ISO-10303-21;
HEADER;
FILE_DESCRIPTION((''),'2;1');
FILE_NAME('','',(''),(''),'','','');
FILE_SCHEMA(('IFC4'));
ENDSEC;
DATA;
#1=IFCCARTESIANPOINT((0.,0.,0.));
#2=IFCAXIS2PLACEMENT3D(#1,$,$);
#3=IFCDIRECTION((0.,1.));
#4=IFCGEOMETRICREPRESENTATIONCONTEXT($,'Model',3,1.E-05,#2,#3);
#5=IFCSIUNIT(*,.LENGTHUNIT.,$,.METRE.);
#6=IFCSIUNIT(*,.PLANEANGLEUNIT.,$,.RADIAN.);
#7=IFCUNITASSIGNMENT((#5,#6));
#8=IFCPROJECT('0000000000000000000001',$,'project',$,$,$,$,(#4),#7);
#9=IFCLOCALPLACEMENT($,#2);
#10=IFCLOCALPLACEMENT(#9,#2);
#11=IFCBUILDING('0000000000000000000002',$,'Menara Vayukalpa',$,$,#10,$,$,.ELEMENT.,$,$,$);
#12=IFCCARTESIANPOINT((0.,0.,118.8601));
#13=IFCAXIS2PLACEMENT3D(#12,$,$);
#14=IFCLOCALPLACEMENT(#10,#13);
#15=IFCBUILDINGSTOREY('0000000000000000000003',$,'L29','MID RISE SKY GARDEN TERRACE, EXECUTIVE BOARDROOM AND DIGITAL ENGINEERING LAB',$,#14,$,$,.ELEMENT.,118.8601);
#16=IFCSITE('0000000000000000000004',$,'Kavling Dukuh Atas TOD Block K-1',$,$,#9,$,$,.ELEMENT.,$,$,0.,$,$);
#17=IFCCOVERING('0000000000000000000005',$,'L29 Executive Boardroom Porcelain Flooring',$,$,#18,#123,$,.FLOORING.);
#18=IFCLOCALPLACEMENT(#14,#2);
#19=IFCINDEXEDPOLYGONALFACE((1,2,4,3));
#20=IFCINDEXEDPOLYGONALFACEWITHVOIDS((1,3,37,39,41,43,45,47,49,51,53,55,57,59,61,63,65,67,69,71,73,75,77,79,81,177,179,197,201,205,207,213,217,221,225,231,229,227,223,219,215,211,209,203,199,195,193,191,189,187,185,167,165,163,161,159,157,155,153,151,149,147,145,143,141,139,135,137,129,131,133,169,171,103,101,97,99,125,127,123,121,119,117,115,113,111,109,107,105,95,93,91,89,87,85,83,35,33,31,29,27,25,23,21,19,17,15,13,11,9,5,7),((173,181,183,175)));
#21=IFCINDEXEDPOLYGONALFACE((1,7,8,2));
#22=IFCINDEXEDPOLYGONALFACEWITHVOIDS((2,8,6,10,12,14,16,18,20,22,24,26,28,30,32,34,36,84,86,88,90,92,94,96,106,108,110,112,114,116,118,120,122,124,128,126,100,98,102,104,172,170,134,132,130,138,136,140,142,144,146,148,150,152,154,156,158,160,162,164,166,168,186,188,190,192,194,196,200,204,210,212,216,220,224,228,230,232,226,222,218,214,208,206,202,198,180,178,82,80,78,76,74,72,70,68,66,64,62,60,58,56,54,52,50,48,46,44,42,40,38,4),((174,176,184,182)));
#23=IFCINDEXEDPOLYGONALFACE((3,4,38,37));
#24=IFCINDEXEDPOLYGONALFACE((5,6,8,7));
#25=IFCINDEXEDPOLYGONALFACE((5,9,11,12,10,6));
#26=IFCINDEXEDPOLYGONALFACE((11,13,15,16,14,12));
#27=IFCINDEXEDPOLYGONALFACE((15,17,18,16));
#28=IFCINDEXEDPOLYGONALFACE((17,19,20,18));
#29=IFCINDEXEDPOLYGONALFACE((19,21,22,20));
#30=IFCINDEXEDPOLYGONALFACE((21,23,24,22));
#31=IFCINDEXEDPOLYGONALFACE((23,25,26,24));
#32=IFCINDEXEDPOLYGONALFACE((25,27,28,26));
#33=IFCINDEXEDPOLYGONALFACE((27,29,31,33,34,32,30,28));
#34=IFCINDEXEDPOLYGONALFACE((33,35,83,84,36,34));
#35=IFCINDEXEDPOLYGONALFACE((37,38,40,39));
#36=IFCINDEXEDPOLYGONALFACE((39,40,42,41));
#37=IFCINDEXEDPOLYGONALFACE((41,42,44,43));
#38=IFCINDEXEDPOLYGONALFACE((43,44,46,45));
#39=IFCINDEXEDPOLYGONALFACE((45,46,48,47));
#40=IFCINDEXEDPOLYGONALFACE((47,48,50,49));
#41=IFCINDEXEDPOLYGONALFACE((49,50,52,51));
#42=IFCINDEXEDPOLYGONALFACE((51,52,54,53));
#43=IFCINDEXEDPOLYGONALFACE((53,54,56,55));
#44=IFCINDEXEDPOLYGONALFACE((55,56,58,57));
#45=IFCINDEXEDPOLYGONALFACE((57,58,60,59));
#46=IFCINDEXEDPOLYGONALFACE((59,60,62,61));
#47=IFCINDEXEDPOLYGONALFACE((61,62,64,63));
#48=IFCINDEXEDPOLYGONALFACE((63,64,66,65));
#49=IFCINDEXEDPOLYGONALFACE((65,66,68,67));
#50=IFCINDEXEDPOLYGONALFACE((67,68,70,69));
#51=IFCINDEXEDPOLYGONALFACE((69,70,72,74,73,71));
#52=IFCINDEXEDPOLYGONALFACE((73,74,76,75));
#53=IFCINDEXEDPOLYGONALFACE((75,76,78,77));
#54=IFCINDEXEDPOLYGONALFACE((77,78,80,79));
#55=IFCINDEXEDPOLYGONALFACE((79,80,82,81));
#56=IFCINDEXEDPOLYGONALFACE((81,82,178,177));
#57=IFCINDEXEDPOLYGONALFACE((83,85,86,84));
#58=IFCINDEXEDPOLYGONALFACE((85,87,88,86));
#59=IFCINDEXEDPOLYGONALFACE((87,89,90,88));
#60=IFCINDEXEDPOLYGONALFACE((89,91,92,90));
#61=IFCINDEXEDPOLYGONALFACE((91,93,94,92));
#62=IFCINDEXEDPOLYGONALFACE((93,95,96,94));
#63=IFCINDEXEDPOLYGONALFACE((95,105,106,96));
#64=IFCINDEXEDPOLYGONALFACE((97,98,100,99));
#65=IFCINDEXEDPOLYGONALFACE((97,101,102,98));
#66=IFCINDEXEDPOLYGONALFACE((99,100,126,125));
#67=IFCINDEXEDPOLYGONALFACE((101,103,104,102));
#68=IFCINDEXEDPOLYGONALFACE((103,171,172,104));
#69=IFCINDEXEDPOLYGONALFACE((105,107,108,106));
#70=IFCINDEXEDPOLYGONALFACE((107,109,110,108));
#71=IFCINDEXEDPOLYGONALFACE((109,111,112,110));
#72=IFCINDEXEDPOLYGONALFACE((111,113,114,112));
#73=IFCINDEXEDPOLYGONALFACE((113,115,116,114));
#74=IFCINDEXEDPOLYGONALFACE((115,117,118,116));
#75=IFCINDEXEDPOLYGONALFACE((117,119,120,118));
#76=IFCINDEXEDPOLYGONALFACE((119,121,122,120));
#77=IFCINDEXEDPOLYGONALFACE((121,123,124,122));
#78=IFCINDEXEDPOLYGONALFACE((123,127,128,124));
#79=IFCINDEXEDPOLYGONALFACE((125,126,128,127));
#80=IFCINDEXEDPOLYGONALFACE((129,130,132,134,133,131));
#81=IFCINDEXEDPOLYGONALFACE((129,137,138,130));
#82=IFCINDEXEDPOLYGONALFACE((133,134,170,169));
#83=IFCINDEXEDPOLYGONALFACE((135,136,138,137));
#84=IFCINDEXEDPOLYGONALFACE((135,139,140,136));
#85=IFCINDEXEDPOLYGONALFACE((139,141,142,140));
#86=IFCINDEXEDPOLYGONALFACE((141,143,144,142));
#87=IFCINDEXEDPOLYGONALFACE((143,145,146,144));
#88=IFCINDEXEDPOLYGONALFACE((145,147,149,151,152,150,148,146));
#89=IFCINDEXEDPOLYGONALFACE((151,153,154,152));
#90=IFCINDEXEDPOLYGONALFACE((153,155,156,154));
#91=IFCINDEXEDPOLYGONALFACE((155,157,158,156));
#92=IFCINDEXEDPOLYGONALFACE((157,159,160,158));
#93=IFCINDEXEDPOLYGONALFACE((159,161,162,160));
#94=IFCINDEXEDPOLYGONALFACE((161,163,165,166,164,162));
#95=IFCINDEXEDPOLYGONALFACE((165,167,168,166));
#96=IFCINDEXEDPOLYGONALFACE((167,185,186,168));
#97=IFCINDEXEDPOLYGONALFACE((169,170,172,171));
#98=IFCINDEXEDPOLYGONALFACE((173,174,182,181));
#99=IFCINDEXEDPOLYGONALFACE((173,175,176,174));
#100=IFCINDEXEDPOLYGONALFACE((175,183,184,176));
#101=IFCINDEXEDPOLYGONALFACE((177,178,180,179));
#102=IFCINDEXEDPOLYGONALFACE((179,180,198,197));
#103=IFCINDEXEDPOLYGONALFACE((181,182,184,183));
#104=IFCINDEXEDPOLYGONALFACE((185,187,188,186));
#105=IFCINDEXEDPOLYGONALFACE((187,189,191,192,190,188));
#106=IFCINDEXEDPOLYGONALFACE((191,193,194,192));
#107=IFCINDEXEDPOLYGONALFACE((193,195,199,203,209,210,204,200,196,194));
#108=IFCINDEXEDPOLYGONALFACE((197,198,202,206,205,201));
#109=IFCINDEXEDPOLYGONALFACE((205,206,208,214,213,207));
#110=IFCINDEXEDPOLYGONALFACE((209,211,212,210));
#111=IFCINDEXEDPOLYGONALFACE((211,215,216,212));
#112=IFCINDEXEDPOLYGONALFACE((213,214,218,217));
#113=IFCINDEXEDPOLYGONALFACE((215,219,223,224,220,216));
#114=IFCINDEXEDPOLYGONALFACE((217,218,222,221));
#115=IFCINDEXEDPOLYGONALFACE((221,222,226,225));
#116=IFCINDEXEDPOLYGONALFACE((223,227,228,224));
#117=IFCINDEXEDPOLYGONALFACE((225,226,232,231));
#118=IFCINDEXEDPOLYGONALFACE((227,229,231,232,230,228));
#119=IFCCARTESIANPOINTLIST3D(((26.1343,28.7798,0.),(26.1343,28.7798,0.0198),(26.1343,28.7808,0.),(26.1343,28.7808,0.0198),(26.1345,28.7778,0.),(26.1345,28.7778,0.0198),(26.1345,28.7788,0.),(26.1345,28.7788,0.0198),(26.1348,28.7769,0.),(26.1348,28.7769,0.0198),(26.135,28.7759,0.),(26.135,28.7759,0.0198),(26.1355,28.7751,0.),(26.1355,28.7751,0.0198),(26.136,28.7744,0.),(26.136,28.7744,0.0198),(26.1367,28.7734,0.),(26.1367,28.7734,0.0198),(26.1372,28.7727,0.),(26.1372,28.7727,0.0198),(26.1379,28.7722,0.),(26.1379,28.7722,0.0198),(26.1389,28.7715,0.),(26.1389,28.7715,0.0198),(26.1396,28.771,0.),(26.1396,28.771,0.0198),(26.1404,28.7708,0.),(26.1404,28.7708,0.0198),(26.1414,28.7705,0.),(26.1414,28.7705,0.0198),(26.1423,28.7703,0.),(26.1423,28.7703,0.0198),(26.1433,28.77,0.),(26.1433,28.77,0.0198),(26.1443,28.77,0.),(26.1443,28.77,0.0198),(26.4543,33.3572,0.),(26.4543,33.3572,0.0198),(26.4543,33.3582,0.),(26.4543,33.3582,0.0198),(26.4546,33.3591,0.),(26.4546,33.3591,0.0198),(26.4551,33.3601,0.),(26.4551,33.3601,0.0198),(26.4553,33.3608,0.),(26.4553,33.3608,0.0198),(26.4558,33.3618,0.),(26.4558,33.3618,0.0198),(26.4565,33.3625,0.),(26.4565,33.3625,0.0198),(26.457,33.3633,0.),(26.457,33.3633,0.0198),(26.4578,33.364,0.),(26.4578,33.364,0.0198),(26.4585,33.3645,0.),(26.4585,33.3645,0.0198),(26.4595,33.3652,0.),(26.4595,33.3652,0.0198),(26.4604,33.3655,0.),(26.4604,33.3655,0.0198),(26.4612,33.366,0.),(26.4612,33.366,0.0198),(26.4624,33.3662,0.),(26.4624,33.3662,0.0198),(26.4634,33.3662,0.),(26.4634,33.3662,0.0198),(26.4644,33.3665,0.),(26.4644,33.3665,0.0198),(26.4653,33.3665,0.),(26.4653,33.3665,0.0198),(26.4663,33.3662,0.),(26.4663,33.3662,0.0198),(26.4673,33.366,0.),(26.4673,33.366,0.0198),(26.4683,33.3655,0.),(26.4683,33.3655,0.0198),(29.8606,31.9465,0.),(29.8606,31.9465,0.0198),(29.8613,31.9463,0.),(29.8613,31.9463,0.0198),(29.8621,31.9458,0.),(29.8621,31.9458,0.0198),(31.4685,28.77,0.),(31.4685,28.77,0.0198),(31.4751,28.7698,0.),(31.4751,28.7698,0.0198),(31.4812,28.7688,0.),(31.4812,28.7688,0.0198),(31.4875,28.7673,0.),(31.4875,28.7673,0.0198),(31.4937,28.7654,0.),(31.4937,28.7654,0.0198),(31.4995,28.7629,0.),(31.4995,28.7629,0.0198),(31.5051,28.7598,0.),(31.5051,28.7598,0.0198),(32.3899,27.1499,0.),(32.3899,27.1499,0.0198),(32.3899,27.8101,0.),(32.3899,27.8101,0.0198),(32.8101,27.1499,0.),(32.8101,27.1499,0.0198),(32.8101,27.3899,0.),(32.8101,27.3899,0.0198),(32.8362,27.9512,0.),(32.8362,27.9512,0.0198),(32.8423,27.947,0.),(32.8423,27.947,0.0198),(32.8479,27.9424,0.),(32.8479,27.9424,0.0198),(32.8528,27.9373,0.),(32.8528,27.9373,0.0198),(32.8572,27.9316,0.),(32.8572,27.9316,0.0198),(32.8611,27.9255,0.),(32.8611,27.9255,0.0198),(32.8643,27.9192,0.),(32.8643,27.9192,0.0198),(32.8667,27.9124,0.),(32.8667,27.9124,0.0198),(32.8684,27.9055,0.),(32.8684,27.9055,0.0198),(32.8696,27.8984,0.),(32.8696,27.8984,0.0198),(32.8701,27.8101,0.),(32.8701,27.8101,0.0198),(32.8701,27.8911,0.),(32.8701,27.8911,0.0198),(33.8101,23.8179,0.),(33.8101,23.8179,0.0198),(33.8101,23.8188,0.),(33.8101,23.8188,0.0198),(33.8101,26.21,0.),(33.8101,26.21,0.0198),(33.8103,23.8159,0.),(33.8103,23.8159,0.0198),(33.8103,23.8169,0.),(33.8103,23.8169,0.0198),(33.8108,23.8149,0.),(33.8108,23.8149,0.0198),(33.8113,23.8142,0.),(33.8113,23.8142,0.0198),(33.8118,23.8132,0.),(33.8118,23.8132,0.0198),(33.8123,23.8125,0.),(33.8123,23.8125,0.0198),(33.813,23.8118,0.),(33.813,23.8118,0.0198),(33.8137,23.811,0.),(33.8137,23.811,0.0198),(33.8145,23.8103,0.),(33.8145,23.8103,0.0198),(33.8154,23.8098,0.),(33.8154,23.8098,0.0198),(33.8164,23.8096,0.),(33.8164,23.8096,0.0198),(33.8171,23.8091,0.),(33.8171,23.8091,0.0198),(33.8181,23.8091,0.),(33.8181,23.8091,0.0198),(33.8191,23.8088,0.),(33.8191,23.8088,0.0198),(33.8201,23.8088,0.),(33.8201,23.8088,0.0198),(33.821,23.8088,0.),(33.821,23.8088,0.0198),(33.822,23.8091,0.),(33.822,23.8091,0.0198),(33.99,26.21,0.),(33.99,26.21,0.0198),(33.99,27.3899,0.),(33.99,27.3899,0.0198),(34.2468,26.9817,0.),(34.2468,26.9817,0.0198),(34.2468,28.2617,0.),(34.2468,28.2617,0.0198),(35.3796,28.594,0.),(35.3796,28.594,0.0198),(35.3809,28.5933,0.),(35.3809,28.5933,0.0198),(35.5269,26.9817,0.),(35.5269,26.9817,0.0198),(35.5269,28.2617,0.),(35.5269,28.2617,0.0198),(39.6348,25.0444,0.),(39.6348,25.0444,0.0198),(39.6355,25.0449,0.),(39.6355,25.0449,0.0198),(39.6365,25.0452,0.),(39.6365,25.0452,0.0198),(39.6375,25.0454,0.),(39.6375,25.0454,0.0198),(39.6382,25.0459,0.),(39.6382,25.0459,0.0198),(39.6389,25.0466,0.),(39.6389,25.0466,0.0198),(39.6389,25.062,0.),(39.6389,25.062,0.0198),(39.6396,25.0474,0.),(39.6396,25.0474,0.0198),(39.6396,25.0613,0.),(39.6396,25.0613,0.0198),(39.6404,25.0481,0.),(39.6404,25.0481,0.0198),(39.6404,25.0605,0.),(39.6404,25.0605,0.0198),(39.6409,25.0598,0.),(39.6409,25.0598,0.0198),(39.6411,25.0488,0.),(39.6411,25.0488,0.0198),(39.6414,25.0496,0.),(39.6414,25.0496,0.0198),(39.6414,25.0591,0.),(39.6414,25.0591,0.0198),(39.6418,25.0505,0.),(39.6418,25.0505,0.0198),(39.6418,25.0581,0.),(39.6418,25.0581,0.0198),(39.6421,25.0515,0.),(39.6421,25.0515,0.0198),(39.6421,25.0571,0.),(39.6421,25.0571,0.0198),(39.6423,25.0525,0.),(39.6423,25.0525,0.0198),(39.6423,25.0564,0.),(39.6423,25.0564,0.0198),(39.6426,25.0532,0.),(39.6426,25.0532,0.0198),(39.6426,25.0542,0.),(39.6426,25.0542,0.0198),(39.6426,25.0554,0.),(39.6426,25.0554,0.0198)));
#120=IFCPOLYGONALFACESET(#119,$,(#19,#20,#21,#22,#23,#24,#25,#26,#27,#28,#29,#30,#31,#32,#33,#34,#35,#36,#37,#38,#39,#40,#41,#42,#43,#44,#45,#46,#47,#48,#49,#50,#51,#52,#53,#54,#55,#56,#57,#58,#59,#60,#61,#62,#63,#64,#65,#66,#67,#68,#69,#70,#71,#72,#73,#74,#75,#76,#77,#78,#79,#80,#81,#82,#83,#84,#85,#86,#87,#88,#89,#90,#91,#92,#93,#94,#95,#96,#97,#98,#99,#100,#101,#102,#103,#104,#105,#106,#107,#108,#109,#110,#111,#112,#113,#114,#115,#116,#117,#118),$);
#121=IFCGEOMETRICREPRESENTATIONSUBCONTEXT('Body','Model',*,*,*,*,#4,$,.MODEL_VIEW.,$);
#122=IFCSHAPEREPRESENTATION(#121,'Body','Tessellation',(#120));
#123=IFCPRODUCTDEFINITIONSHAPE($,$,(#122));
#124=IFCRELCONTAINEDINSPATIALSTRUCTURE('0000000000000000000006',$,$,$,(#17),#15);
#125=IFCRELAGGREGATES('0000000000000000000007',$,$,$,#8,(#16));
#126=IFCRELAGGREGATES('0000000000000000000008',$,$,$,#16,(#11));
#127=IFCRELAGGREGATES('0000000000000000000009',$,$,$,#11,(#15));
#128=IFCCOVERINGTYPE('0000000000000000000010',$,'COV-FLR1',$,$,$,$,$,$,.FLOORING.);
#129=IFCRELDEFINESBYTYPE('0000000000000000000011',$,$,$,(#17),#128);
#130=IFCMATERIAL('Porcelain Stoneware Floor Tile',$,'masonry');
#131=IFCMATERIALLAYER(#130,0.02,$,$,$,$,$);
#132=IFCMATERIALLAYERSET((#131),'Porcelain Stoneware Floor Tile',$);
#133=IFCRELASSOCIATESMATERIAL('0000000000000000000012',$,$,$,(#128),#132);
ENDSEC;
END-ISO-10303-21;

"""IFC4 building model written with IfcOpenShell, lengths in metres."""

from ifc_helpers import new_model, si_unit, direction, frame, origin, place, context, subcontext, project, spatial, polyline, outline, extrude, material, layer, layer_set, type_object, element, save


model = new_model("IFC4")

# Units and contexts
model_context = context("Model", 3, precision=1e-05, world=origin(), true_north=direction((0.0, 1.0)))
body_context = subcontext(model_context, "Body", "Model", "MODEL_VIEW")
ifc_project = project(units=[si_unit("LENGTHUNIT", "METRE"), si_unit("PLANEANGLEUNIT", "RADIAN")], contexts=[model_context])

# Site, building, storey
site_placement = place(None, origin())
site = spatial("IfcSite", under=ifc_project, at=site_placement, Name="Kavling Dukuh Atas TOD Block K-1", CompositionType="ELEMENT", RefElevation=0.0)
building_placement = place(site_placement, origin())
building = spatial("IfcBuilding", under=site, at=building_placement, Name="Menara Vayukalpa", CompositionType="ELEMENT")
storey_placement = place(building_placement, frame((0.0, 0.0, 118.8601)))
storey = spatial("IfcBuildingStorey", under=building, at=storey_placement, Name="L29", Description="MID RISE SKY GARDEN TERRACE, EXECUTIVE BOARDROOM AND DIGITAL ENGINEERING LAB", CompositionType="ELEMENT", Elevation=118.8601)

# Covering
ifc_material_1 = material(Name="Porcelain Stoneware Floor Tile", Category="masonry")
ifc_layer_1 = layer(ifc_material_1, 0.02)
ifc_layer_set_1 = layer_set([ifc_layer_1], Name="Porcelain Stoneware Floor Tile")
covering_type_1 = type_object("IfcCoveringType", Name="COV-FLR1", PredefinedType="FLOORING", material=ifc_layer_set_1)
covering_1_placement = place(storey_placement, origin())
element("IfcCovering", 1, at=covering_1_placement, inside=storey, type_object=covering_type_1, Name="L29 Executive Boardroom Porcelain Flooring", PredefinedType="FLOORING", context=body_context, shape_type="SweptSolid", body=[
    extrude(outline(polyline([(32.8701, 27.8911), (32.8696, 27.8984), (32.8684, 27.9055), (32.8667, 27.9124), (32.8643, 27.9192), (32.8611, 27.9255), (32.8572, 27.9316), (32.8528, 27.9373), (32.8479, 27.9424), (32.8423, 27.947), (32.8362, 27.9512), (31.5051, 28.7598), (31.4995, 28.7629), (31.4937, 28.7654), (31.4875, 28.7673), (31.4812, 28.7688), (31.4751, 28.7698), (31.4685, 28.77), (26.1443, 28.77), (26.1433, 28.77), (26.1423, 28.7703), (26.1414, 28.7705), (26.1404, 28.7708), (26.1396, 28.771), (26.1389, 28.7715), (26.1379, 28.7722), (26.1372, 28.7727), (26.1367, 28.7734), (26.136, 28.7744), (26.1355, 28.7751), (26.135, 28.7759), (26.1348, 28.7769), (26.1345, 28.7778), (26.1345, 28.7788), (26.1343, 28.7798), (26.1343, 28.7808), (26.4543, 33.3572), (26.4543, 33.3582), (26.4546, 33.3591), (26.4551, 33.3601), (26.4553, 33.3608), (26.4558, 33.3618), (26.4565, 33.3625), (26.457, 33.3633), (26.4578, 33.364), (26.4585, 33.3645), (26.4595, 33.3652), (26.4604, 33.3655), (26.4612, 33.366), (26.4624, 33.3662), (26.4634, 33.3662), (26.4644, 33.3665), (26.4653, 33.3665), (26.4663, 33.3662), (26.4673, 33.366), (26.4683, 33.3655), (29.8606, 31.9465), (29.8613, 31.9463), (29.8621, 31.9458), (35.3796, 28.594), (35.3809, 28.5933), (39.6389, 25.062), (39.6396, 25.0613), (39.6404, 25.0605), (39.6409, 25.0598), (39.6414, 25.0591), (39.6418, 25.0581), (39.6421, 25.0571), (39.6423, 25.0564), (39.6426, 25.0554), (39.6426, 25.0542), (39.6426, 25.0532), (39.6423, 25.0525), (39.6421, 25.0515), (39.6418, 25.0505), (39.6414, 25.0496), (39.6411, 25.0488), (39.6404, 25.0481), (39.6396, 25.0474), (39.6389, 25.0466), (39.6382, 25.0459), (39.6375, 25.0454), (39.6365, 25.0452), (39.6355, 25.0449), (39.6348, 25.0444), (33.822, 23.8091), (33.821, 23.8088), (33.8201, 23.8088), (33.8191, 23.8088), (33.8181, 23.8091), (33.8171, 23.8091), (33.8164, 23.8096), (33.8154, 23.8098), (33.8145, 23.8103), (33.8137, 23.811), (33.813, 23.8118), (33.8123, 23.8125), (33.8118, 23.8132), (33.8113, 23.8142), (33.8108, 23.8149), (33.8103, 23.8159), (33.8103, 23.8169), (33.8101, 23.8179), (33.8101, 23.8188), (33.8101, 26.21), (33.99, 26.21), (33.99, 27.3899), (32.8101, 27.3899), (32.8101, 27.1499), (32.3899, 27.1499), (32.3899, 27.8101), (32.8701, 27.8101), (32.8701, 27.8911)]), holes=[polyline([(35.5269, 26.9817), (35.5269, 28.2617), (34.2468, 28.2617), (34.2468, 26.9817), (35.5269, 26.9817)])]), origin(), (0.0, 0.0, 1.0), 0.0198),
])

save(model, "model.ifc")
